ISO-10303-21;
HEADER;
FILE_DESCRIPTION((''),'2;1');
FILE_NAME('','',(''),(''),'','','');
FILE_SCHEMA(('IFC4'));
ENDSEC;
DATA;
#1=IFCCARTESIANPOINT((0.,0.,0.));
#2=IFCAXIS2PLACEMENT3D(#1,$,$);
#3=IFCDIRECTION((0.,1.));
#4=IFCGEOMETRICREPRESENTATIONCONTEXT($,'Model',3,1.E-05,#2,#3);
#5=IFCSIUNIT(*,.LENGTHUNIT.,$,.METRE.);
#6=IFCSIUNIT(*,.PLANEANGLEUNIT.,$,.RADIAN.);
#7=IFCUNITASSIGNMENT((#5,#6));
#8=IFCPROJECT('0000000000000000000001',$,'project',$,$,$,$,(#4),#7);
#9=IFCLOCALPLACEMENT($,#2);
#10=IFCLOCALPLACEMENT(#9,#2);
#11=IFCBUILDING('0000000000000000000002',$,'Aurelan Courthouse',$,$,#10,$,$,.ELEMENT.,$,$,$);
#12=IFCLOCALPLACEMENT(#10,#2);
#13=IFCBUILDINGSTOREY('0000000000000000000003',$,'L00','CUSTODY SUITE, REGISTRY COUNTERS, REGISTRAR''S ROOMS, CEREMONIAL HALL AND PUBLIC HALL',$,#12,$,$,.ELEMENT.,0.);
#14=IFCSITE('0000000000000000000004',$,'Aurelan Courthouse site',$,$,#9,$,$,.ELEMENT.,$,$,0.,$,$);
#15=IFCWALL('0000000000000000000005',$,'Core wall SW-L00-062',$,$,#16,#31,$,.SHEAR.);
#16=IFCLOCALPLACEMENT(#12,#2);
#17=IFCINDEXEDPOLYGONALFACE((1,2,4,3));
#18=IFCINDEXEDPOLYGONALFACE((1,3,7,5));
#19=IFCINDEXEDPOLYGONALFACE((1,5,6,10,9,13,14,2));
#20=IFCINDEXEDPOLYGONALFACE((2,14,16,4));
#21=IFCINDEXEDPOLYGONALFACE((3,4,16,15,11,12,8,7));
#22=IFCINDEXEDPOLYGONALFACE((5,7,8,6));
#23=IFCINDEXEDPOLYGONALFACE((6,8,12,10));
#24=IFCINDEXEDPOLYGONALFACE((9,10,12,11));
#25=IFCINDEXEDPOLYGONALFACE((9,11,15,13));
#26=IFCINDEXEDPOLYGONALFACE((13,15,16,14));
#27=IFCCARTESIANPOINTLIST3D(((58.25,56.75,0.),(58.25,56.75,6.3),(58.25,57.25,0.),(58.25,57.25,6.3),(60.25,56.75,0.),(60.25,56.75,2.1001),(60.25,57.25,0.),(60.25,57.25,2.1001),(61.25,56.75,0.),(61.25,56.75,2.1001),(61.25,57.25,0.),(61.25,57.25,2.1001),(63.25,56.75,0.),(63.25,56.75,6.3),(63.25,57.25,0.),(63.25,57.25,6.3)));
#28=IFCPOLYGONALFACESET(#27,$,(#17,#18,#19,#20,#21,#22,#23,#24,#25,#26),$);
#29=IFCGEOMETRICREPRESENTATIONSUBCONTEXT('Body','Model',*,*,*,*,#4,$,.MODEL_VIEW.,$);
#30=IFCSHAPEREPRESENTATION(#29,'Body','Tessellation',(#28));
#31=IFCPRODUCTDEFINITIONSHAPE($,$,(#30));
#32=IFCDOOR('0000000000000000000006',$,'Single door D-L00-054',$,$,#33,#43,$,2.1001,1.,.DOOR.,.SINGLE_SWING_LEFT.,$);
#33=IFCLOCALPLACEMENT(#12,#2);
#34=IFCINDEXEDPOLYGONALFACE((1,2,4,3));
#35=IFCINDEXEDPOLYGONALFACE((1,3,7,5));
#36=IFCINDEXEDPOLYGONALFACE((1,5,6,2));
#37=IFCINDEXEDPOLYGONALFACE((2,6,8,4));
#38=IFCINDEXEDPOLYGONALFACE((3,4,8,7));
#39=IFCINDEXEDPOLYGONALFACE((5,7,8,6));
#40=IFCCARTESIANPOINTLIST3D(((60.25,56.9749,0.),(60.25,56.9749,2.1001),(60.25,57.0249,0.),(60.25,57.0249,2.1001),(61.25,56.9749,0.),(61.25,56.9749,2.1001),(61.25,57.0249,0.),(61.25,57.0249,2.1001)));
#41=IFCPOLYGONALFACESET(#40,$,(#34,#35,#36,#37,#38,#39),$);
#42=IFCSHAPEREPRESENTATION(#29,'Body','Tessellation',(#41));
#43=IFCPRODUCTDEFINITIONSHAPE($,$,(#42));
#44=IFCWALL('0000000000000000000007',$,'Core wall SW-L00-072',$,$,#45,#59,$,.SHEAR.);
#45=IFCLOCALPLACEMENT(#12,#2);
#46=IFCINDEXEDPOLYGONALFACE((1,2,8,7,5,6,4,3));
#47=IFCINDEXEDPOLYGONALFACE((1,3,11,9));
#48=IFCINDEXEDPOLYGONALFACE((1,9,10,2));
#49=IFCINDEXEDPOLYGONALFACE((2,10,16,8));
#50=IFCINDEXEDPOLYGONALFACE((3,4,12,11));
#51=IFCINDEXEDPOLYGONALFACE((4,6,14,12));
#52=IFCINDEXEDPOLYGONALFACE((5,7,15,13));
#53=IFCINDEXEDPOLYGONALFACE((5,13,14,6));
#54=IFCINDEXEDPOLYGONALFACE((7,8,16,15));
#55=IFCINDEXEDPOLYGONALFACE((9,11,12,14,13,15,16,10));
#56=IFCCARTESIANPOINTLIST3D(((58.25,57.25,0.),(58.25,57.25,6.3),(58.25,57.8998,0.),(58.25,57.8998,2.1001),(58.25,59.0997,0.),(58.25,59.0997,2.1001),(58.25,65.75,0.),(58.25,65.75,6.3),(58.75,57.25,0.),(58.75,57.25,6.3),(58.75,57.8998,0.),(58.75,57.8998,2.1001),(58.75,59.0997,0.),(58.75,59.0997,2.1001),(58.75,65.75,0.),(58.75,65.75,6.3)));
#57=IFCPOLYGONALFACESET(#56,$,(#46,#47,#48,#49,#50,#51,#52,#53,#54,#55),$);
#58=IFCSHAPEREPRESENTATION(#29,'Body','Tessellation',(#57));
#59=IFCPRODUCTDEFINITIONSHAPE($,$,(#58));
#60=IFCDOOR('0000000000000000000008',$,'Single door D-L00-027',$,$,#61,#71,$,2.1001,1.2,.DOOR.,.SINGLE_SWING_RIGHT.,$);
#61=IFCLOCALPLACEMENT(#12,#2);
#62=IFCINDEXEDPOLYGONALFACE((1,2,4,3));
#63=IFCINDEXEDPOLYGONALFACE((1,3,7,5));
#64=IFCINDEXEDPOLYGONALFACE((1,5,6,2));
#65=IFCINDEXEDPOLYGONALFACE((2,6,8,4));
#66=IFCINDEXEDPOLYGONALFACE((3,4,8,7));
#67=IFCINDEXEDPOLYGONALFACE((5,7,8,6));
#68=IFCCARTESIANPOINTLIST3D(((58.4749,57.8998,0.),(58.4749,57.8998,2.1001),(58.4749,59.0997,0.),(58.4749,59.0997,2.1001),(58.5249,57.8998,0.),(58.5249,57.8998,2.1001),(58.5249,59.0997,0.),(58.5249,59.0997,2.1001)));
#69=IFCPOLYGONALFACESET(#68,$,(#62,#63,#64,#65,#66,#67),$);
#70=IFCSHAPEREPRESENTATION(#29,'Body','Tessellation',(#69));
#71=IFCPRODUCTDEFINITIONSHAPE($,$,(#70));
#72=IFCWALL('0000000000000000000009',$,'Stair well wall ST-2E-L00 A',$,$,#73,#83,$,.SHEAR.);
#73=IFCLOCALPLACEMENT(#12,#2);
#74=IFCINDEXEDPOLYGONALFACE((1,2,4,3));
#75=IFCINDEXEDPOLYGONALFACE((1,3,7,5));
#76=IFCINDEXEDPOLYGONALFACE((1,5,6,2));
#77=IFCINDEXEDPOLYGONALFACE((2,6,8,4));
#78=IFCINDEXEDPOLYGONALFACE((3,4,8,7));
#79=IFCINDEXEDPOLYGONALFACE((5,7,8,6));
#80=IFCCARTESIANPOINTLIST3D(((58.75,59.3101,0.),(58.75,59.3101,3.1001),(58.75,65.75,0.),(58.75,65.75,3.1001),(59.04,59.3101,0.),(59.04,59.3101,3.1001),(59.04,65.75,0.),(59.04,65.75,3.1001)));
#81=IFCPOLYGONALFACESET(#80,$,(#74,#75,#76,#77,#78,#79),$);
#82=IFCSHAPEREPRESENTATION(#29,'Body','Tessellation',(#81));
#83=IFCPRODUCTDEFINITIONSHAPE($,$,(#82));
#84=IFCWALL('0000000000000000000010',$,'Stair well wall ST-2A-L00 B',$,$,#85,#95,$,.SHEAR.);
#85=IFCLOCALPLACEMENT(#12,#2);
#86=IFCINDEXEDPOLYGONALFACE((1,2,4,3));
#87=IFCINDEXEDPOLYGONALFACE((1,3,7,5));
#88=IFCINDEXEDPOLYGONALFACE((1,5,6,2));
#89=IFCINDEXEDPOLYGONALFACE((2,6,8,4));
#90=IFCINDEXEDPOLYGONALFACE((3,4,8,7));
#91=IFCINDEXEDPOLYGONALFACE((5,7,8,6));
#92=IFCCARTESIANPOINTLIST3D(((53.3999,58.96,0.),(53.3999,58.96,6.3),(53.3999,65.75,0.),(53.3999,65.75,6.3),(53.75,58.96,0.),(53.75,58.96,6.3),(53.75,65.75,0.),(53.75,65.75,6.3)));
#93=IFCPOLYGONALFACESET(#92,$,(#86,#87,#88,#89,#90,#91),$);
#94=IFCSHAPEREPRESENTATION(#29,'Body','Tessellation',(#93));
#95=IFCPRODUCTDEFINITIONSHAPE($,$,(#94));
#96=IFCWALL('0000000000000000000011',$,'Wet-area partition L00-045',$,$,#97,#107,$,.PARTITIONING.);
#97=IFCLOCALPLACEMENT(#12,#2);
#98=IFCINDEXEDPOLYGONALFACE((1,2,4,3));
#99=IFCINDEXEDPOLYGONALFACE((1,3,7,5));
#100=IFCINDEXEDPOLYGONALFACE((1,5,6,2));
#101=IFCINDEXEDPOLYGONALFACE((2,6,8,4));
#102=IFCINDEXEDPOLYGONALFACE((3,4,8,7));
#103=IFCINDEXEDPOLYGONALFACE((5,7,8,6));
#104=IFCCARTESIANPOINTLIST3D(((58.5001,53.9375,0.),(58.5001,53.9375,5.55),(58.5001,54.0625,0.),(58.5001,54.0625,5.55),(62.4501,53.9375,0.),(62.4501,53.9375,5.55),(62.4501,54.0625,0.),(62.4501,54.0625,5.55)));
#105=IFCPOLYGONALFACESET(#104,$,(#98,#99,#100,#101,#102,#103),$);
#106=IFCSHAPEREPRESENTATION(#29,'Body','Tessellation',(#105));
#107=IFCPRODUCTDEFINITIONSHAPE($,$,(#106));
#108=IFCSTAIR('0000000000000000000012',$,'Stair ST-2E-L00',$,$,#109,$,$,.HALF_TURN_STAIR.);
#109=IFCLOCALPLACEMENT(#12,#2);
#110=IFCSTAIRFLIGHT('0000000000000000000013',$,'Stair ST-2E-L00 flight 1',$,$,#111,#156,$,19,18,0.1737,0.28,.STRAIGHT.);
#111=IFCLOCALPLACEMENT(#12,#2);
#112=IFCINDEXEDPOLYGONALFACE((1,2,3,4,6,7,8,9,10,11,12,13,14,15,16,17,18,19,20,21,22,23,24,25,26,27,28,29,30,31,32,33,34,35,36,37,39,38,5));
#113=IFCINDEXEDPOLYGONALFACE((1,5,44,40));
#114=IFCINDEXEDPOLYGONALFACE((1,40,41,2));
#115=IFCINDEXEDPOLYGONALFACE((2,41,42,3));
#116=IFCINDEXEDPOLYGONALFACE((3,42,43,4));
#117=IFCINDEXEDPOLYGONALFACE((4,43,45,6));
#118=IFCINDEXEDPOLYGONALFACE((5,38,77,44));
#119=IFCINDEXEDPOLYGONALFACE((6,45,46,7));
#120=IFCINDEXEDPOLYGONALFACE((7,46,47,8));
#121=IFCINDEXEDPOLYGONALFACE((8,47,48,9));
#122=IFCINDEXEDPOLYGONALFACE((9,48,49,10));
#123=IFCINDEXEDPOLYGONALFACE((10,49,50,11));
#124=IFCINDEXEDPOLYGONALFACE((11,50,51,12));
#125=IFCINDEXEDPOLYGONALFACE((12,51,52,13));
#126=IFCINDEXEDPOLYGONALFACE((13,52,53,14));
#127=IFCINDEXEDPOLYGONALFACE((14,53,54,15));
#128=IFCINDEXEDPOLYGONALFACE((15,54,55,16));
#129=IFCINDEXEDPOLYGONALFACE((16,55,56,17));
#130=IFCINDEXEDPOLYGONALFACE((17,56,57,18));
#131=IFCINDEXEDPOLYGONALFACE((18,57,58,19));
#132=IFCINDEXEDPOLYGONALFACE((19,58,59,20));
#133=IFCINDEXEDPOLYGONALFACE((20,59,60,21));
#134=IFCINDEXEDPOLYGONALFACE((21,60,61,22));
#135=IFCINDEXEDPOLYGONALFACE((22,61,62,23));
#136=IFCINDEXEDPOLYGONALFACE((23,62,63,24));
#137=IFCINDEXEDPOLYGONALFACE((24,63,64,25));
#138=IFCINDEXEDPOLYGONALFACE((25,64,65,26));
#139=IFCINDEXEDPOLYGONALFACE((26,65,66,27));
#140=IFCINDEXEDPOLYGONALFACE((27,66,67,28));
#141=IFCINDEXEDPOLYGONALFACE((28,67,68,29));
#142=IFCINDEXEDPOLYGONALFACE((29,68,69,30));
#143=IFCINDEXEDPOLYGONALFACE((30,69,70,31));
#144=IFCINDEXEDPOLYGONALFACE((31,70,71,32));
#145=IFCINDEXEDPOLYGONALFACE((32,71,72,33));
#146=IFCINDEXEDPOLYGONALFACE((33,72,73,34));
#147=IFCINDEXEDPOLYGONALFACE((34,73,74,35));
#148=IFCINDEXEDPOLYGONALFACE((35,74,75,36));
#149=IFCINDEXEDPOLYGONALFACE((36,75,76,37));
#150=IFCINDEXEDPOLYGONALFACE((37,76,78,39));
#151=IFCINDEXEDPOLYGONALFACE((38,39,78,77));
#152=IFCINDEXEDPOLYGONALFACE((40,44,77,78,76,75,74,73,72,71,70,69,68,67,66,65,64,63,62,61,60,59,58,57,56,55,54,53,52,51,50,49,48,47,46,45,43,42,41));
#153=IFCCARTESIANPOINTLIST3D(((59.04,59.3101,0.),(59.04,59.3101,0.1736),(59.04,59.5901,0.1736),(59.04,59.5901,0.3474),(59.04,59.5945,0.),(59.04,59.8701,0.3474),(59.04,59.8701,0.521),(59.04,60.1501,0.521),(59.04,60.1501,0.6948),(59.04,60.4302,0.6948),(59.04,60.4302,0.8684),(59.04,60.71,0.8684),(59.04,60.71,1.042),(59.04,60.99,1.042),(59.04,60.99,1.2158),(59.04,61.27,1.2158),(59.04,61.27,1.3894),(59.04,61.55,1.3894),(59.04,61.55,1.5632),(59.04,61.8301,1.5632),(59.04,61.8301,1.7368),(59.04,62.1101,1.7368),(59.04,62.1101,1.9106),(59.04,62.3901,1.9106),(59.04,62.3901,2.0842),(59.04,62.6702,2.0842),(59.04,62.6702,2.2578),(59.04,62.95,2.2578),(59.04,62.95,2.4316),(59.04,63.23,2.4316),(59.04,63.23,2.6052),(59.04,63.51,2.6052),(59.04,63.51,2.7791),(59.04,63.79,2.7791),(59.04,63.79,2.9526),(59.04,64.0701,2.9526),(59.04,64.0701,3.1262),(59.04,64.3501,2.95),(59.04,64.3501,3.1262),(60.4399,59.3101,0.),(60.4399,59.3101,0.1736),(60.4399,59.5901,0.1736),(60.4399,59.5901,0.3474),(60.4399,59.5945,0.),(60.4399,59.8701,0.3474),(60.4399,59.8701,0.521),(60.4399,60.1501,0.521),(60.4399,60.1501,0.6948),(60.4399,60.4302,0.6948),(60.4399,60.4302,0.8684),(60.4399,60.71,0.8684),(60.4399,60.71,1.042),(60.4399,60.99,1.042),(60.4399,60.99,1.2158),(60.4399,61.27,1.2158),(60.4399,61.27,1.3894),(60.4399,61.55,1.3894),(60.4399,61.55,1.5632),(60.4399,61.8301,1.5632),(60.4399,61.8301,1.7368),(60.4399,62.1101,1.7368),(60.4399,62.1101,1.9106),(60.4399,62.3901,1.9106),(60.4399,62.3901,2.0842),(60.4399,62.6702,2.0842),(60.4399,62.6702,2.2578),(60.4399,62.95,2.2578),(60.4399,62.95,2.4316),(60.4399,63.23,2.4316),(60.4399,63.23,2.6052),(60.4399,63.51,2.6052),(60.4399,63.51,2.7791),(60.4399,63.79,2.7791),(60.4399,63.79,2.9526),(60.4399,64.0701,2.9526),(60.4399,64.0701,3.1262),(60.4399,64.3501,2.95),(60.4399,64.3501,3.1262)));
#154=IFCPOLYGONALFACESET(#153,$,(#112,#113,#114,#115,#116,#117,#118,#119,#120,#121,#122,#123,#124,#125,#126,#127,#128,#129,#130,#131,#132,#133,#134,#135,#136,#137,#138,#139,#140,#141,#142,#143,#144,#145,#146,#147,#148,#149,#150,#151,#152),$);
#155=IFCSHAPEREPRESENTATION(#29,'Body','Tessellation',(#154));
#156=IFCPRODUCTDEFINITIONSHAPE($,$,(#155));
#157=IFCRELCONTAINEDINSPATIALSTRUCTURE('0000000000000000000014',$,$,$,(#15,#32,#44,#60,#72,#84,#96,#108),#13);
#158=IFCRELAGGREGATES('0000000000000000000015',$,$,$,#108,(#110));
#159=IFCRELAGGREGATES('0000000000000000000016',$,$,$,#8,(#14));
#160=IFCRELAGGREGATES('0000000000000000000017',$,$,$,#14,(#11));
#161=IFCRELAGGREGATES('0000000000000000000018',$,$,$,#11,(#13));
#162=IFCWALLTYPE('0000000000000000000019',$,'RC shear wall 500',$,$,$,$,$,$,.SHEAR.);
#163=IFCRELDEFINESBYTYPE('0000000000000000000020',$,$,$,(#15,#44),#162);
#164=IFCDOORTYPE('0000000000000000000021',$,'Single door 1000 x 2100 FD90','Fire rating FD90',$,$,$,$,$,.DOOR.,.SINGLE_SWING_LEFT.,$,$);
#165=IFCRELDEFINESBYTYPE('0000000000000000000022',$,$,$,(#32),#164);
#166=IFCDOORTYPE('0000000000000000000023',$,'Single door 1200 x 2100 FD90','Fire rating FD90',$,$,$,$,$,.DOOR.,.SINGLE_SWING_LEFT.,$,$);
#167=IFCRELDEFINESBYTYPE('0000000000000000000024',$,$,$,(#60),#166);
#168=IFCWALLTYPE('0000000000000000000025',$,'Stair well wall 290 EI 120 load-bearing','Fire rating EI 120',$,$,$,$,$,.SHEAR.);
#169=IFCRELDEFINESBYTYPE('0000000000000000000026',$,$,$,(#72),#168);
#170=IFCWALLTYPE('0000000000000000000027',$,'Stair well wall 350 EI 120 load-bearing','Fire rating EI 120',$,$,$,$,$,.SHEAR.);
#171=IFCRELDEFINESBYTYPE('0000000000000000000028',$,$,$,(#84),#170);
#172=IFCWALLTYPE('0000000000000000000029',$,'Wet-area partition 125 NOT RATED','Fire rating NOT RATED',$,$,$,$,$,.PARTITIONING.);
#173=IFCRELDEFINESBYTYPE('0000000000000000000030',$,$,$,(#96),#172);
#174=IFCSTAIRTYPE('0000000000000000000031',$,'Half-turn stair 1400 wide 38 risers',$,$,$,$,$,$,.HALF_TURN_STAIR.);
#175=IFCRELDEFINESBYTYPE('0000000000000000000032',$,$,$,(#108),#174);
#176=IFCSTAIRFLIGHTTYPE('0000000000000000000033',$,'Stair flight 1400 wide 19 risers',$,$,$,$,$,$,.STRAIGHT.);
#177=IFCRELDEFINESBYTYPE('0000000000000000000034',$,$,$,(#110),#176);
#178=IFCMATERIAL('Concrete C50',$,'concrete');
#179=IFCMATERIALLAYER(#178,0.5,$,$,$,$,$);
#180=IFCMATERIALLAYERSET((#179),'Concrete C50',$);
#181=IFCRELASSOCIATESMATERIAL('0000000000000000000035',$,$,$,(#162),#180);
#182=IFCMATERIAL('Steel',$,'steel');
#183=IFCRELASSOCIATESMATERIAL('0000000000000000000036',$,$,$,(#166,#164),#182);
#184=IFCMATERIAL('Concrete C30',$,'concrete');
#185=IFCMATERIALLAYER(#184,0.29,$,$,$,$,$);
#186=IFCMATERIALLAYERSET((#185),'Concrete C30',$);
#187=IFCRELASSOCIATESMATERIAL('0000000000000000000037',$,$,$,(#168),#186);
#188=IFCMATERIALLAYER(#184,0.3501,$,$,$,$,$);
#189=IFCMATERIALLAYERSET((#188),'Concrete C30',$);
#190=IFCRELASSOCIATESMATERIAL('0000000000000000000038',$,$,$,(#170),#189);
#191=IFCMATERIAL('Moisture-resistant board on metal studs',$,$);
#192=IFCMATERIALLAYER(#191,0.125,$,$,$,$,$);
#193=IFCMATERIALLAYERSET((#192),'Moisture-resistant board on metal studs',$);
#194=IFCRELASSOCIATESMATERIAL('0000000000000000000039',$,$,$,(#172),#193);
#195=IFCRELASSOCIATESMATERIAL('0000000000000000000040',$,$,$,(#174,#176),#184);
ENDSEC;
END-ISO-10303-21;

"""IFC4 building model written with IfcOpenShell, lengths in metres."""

from ifc_helpers import new_model, si_unit, direction, frame, frame_2d, origin, place, context, subcontext, project, spatial, polyline, rectangle, outline, extrude, material, layer, layer_set, type_object, element, fill, aggregate, save


model = new_model("IFC4")

# Units and contexts
model_context = context("Model", 3, precision=1e-05, world=origin(), true_north=direction((0.0, 1.0)))
body_context = subcontext(model_context, "Body", "Model", "MODEL_VIEW")
ifc_project = project(units=[si_unit("LENGTHUNIT", "METRE"), si_unit("PLANEANGLEUNIT", "RADIAN")], contexts=[model_context])

# Site, building, storey
site_placement = place(None, origin())
site = spatial("IfcSite", under=ifc_project, at=site_placement, Name="Aurelan Courthouse site", CompositionType="ELEMENT", RefElevation=0.0)
building_placement = place(site_placement, origin())
building = spatial("IfcBuilding", under=site, at=building_placement, Name="Aurelan Courthouse", CompositionType="ELEMENT")
storey_placement = place(building_placement, origin())
storey = spatial("IfcBuildingStorey", under=building, at=storey_placement, Name="L00", Description="CUSTODY SUITE, REGISTRY COUNTERS, REGISTRAR'S ROOMS, CEREMONIAL HALL AND PUBLIC HALL", CompositionType="ELEMENT", Elevation=0.0)

# Shared definitions
ifc_material_1 = material(Name="Concrete C50", Category="concrete")

# Shared definitions
ifc_layer_1 = layer(ifc_material_1, 0.5)
ifc_layer_set_1 = layer_set([ifc_layer_1], Name="Concrete C50")
wall_type_1 = type_object("IfcWallType", Name="RC shear wall 500", PredefinedType="SHEAR", material=ifc_layer_set_1)

# Shared definitions
ifc_material_2 = material(Name="Steel", Category="steel")
door_type_1 = type_object("IfcDoorType", Name="Single door 1200 x 2100 FD90", Description="Fire rating FD90", OperationType="SINGLE_SWING_LEFT", PredefinedType="DOOR", material=ifc_material_2)

# Walls, openings, doors
wall_1_placement = place(storey_placement, frame((58.25, 57.0, 0.0), z_axis=(0.0, 0.0, 1.0), x_axis=(1.0, 0.0, 0.0)))
wall_1 = element("IfcWall", 1, at=wall_1_placement, inside=storey, type_object=wall_type_1, Name="Core wall SW-L00-062", PredefinedType="SHEAR", context=body_context, shape_type="SweptSolid", body=[
    extrude(rectangle(XDim=5.0, YDim=0.5, at=frame_2d((2.5, 0.0))), origin(), (0.0, 0.0, 1.0), 6.3),
])
opening_1_placement = place(wall_1_placement, frame((2.0, 0.0, 0.0)))
opening_1 = element("IfcOpeningElement", 2, at=opening_1_placement, cuts=wall_1, PredefinedType="OPENING", context=body_context, shape_type="SweptSolid", body=[
    extrude(rectangle(XDim=1.0, YDim=2.1001, at=frame_2d((0.5, 1.05))), frame((0.0, 0.26, 0.0), z_axis=(0.0, -1.0, 0.0), x_axis=(1.0, 0.0, 0.0)), (0.0, 0.0, 1.0), 0.52),
])
door_type_2 = type_object("IfcDoorType", Name="Single door 1000 x 2100 FD90", Description="Fire rating FD90", OperationType="SINGLE_SWING_LEFT", PredefinedType="DOOR", material=ifc_material_2)
door_1_placement = place(opening_1_placement, origin())
door_1 = element("IfcDoor", 3, at=door_1_placement, inside=storey, type_object=door_type_2, Name="Single door D-L00-054", OperationType="SINGLE_SWING_LEFT", OverallHeight=2.1001, OverallWidth=1.0, PredefinedType="DOOR", context=body_context, shape_type="SweptSolid", body=[
    extrude(rectangle(XDim=1.0, YDim=2.1001, at=frame_2d((0.5, 1.05))), frame((0.0, 0.0249, 0.0), z_axis=(0.0, -1.0, 0.0), x_axis=(1.0, 0.0, 0.0)), (0.0, 0.0, 1.0), 0.05),
])
fill(opening_1, door_1)
wall_2_placement = place(storey_placement, frame((58.5, 57.25, 0.0), z_axis=(0.0, 0.0, 1.0), x_axis=(0.0, 1.0, 0.0)))
wall_2 = element("IfcWall", 4, at=wall_2_placement, inside=storey, type_object=wall_type_1, Name="Core wall SW-L00-072", PredefinedType="SHEAR", context=body_context, shape_type="SweptSolid", body=[
    extrude(rectangle(XDim=8.5, YDim=0.5, at=frame_2d((4.25, 0.0))), origin(), (0.0, 0.0, 1.0), 6.3),
])
opening_2_placement = place(wall_2_placement, frame((1.8499, 0.0, 0.0), z_axis=(0.0, 0.0, 1.0), x_axis=(-1.0, 0.0, 0.0)))
opening_2 = element("IfcOpeningElement", 5, at=opening_2_placement, cuts=wall_2, PredefinedType="OPENING", context=body_context, shape_type="SweptSolid", body=[
    extrude(rectangle(XDim=1.2, YDim=2.1001, at=frame_2d((0.6001, 1.05))), frame((0.0, 0.26, 0.0), z_axis=(0.0, -1.0, 0.0), x_axis=(1.0, 0.0, 0.0)), (0.0, 0.0, 1.0), 0.52),
])
door_2_placement = place(opening_2_placement, origin())
door_2 = element("IfcDoor", 6, at=door_2_placement, inside=storey, type_object=door_type_1, Name="Single door D-L00-027", OperationType="SINGLE_SWING_RIGHT", OverallHeight=2.1001, OverallWidth=1.2, PredefinedType="DOOR", context=body_context, shape_type="SweptSolid", body=[
    extrude(rectangle(XDim=1.2, YDim=2.1001, at=frame_2d((0.6001, 1.05))), frame((0.0, 0.0249, 0.0), z_axis=(0.0, -1.0, 0.0), x_axis=(1.0, 0.0, 0.0)), (0.0, 0.0, 1.0), 0.05),
])
fill(opening_2, door_2)

# Walls
ifc_material_3 = material(Name="Concrete C30", Category="concrete")
ifc_layer_2 = layer(ifc_material_3, 0.29)
ifc_layer_set_2 = layer_set([ifc_layer_2], Name="Concrete C30")
wall_type_2 = type_object("IfcWallType", Name="Stair well wall 290 EI 120 load-bearing", Description="Fire rating EI 120", PredefinedType="SHEAR", material=ifc_layer_set_2)
wall_3_placement = place(storey_placement, frame((58.895, 59.3101, 0.0), z_axis=(0.0, 0.0, 1.0), x_axis=(0.0, 1.0, 0.0)))
element("IfcWall", 7, at=wall_3_placement, inside=storey, type_object=wall_type_2, Name="Stair well wall ST-2E-L00 A", PredefinedType="SHEAR", context=body_context, shape_type="SweptSolid", body=[
    extrude(rectangle(XDim=6.4399, YDim=0.29, at=frame_2d((3.22, 0.0))), origin(), (0.0, 0.0, 1.0), 3.1001),
])
ifc_layer_3 = layer(ifc_material_3, 0.3501)
ifc_layer_set_3 = layer_set([ifc_layer_3], Name="Concrete C30")
wall_type_3 = type_object("IfcWallType", Name="Stair well wall 350 EI 120 load-bearing", Description="Fire rating EI 120", PredefinedType="SHEAR", material=ifc_layer_set_3)
wall_4_placement = place(storey_placement, frame((53.575, 58.96, 0.0), z_axis=(0.0, 0.0, 1.0), x_axis=(0.0, 1.0, 0.0)))
element("IfcWall", 8, at=wall_4_placement, inside=storey, type_object=wall_type_3, Name="Stair well wall ST-2A-L00 B", PredefinedType="SHEAR", context=body_context, shape_type="SweptSolid", body=[
    extrude(rectangle(XDim=6.79, YDim=0.3501, at=frame_2d((3.395, 0.0))), origin(), (0.0, 0.0, 1.0), 6.3),
])
ifc_material_4 = material(Name="Moisture-resistant board on metal studs")
ifc_layer_4 = layer(ifc_material_4, 0.125)
ifc_layer_set_4 = layer_set([ifc_layer_4], Name="Moisture-resistant board on metal studs")
wall_type_4 = type_object("IfcWallType", Name="Wet-area partition 125 NOT RATED", Description="Fire rating NOT RATED", PredefinedType="PARTITIONING", material=ifc_layer_set_4)
wall_5_placement = place(storey_placement, frame((58.5, 54.0, 0.0), z_axis=(0.0, 0.0, 1.0), x_axis=(1.0, 0.0, 0.0)))
element("IfcWall", 9, at=wall_5_placement, inside=storey, type_object=wall_type_4, Name="Wet-area partition L00-045", PredefinedType="PARTITIONING", context=body_context, shape_type="SweptSolid", body=[
    extrude(rectangle(XDim=3.95, YDim=0.125, at=frame_2d((1.9751, 0.0))), origin(), (0.0, 0.0, 1.0), 5.55),
])

# Stair, stair flight
stair_type = type_object("IfcStairType", Name="Half-turn stair 1400 wide 38 risers", PredefinedType="HALF_TURN_STAIR", material=ifc_material_3)
stair_placement = place(storey_placement, origin())
stair = element("IfcStair", 10, at=stair_placement, inside=storey, type_object=stair_type, Name="Stair ST-2E-L00", PredefinedType="HALF_TURN_STAIR")
stair_flight_type = type_object("IfcStairFlightType", Name="Stair flight 1400 wide 19 risers", PredefinedType="STRAIGHT", material=ifc_material_3)
stair_flight_placement = place(storey_placement, frame((59.74, 59.3101, 0.0), z_axis=(0.0, 0.0, 1.0), x_axis=(0.0, 1.0, 0.0)))
stair_flight = element("IfcStairFlight", 11, at=stair_flight_placement, type_object=stair_flight_type, Name="Stair ST-2E-L00 flight 1", NumberOfRisers=19, NumberOfTreads=18, PredefinedType="STRAIGHT", RiserHeight=0.1737, TreadLength=0.28, context=body_context, shape_type="SweptSolid", body=[
    extrude(outline(polyline([(0.0, 0.0), (0.0, 0.1736), (0.28, 0.1736), (0.28, 0.3474), (0.5601, 0.3474), (0.5601, 0.521), (0.8401, 0.521), (0.8401, 0.6948), (1.1201, 0.6948), (1.1201, 0.8684), (1.3999, 0.8684), (1.3999, 1.042), (1.6799, 1.042), (1.6799, 1.2158), (1.96, 1.2158), (1.96, 1.3894), (2.24, 1.3894), (2.24, 1.5632), (2.52, 1.5632), (2.52, 1.7368), (2.8, 1.7368), (2.8, 1.9106), (3.0801, 1.9106), (3.0801, 2.0842), (3.3601, 2.0842), (3.3601, 2.2578), (3.6399, 2.2578), (3.6399, 2.4316), (3.9199, 2.4316), (3.9199, 2.6052), (4.2, 2.6052), (4.2, 2.7791), (4.48, 2.7791), (4.48, 2.9526), (4.76, 2.9526), (4.76, 3.1262), (5.04, 3.1262), (5.04, 3.3), (5.04, 2.95), (0.2844, 0.0), (0.0, 0.0)])), frame((0.0, 0.7, 0.0), z_axis=(0.0, -1.0, 0.0), x_axis=(1.0, 0.0, 0.0)), (0.0, 0.0, 1.0), 1.3999),
])
aggregate(stair, [stair_flight])

save(model, "model.ifc")
